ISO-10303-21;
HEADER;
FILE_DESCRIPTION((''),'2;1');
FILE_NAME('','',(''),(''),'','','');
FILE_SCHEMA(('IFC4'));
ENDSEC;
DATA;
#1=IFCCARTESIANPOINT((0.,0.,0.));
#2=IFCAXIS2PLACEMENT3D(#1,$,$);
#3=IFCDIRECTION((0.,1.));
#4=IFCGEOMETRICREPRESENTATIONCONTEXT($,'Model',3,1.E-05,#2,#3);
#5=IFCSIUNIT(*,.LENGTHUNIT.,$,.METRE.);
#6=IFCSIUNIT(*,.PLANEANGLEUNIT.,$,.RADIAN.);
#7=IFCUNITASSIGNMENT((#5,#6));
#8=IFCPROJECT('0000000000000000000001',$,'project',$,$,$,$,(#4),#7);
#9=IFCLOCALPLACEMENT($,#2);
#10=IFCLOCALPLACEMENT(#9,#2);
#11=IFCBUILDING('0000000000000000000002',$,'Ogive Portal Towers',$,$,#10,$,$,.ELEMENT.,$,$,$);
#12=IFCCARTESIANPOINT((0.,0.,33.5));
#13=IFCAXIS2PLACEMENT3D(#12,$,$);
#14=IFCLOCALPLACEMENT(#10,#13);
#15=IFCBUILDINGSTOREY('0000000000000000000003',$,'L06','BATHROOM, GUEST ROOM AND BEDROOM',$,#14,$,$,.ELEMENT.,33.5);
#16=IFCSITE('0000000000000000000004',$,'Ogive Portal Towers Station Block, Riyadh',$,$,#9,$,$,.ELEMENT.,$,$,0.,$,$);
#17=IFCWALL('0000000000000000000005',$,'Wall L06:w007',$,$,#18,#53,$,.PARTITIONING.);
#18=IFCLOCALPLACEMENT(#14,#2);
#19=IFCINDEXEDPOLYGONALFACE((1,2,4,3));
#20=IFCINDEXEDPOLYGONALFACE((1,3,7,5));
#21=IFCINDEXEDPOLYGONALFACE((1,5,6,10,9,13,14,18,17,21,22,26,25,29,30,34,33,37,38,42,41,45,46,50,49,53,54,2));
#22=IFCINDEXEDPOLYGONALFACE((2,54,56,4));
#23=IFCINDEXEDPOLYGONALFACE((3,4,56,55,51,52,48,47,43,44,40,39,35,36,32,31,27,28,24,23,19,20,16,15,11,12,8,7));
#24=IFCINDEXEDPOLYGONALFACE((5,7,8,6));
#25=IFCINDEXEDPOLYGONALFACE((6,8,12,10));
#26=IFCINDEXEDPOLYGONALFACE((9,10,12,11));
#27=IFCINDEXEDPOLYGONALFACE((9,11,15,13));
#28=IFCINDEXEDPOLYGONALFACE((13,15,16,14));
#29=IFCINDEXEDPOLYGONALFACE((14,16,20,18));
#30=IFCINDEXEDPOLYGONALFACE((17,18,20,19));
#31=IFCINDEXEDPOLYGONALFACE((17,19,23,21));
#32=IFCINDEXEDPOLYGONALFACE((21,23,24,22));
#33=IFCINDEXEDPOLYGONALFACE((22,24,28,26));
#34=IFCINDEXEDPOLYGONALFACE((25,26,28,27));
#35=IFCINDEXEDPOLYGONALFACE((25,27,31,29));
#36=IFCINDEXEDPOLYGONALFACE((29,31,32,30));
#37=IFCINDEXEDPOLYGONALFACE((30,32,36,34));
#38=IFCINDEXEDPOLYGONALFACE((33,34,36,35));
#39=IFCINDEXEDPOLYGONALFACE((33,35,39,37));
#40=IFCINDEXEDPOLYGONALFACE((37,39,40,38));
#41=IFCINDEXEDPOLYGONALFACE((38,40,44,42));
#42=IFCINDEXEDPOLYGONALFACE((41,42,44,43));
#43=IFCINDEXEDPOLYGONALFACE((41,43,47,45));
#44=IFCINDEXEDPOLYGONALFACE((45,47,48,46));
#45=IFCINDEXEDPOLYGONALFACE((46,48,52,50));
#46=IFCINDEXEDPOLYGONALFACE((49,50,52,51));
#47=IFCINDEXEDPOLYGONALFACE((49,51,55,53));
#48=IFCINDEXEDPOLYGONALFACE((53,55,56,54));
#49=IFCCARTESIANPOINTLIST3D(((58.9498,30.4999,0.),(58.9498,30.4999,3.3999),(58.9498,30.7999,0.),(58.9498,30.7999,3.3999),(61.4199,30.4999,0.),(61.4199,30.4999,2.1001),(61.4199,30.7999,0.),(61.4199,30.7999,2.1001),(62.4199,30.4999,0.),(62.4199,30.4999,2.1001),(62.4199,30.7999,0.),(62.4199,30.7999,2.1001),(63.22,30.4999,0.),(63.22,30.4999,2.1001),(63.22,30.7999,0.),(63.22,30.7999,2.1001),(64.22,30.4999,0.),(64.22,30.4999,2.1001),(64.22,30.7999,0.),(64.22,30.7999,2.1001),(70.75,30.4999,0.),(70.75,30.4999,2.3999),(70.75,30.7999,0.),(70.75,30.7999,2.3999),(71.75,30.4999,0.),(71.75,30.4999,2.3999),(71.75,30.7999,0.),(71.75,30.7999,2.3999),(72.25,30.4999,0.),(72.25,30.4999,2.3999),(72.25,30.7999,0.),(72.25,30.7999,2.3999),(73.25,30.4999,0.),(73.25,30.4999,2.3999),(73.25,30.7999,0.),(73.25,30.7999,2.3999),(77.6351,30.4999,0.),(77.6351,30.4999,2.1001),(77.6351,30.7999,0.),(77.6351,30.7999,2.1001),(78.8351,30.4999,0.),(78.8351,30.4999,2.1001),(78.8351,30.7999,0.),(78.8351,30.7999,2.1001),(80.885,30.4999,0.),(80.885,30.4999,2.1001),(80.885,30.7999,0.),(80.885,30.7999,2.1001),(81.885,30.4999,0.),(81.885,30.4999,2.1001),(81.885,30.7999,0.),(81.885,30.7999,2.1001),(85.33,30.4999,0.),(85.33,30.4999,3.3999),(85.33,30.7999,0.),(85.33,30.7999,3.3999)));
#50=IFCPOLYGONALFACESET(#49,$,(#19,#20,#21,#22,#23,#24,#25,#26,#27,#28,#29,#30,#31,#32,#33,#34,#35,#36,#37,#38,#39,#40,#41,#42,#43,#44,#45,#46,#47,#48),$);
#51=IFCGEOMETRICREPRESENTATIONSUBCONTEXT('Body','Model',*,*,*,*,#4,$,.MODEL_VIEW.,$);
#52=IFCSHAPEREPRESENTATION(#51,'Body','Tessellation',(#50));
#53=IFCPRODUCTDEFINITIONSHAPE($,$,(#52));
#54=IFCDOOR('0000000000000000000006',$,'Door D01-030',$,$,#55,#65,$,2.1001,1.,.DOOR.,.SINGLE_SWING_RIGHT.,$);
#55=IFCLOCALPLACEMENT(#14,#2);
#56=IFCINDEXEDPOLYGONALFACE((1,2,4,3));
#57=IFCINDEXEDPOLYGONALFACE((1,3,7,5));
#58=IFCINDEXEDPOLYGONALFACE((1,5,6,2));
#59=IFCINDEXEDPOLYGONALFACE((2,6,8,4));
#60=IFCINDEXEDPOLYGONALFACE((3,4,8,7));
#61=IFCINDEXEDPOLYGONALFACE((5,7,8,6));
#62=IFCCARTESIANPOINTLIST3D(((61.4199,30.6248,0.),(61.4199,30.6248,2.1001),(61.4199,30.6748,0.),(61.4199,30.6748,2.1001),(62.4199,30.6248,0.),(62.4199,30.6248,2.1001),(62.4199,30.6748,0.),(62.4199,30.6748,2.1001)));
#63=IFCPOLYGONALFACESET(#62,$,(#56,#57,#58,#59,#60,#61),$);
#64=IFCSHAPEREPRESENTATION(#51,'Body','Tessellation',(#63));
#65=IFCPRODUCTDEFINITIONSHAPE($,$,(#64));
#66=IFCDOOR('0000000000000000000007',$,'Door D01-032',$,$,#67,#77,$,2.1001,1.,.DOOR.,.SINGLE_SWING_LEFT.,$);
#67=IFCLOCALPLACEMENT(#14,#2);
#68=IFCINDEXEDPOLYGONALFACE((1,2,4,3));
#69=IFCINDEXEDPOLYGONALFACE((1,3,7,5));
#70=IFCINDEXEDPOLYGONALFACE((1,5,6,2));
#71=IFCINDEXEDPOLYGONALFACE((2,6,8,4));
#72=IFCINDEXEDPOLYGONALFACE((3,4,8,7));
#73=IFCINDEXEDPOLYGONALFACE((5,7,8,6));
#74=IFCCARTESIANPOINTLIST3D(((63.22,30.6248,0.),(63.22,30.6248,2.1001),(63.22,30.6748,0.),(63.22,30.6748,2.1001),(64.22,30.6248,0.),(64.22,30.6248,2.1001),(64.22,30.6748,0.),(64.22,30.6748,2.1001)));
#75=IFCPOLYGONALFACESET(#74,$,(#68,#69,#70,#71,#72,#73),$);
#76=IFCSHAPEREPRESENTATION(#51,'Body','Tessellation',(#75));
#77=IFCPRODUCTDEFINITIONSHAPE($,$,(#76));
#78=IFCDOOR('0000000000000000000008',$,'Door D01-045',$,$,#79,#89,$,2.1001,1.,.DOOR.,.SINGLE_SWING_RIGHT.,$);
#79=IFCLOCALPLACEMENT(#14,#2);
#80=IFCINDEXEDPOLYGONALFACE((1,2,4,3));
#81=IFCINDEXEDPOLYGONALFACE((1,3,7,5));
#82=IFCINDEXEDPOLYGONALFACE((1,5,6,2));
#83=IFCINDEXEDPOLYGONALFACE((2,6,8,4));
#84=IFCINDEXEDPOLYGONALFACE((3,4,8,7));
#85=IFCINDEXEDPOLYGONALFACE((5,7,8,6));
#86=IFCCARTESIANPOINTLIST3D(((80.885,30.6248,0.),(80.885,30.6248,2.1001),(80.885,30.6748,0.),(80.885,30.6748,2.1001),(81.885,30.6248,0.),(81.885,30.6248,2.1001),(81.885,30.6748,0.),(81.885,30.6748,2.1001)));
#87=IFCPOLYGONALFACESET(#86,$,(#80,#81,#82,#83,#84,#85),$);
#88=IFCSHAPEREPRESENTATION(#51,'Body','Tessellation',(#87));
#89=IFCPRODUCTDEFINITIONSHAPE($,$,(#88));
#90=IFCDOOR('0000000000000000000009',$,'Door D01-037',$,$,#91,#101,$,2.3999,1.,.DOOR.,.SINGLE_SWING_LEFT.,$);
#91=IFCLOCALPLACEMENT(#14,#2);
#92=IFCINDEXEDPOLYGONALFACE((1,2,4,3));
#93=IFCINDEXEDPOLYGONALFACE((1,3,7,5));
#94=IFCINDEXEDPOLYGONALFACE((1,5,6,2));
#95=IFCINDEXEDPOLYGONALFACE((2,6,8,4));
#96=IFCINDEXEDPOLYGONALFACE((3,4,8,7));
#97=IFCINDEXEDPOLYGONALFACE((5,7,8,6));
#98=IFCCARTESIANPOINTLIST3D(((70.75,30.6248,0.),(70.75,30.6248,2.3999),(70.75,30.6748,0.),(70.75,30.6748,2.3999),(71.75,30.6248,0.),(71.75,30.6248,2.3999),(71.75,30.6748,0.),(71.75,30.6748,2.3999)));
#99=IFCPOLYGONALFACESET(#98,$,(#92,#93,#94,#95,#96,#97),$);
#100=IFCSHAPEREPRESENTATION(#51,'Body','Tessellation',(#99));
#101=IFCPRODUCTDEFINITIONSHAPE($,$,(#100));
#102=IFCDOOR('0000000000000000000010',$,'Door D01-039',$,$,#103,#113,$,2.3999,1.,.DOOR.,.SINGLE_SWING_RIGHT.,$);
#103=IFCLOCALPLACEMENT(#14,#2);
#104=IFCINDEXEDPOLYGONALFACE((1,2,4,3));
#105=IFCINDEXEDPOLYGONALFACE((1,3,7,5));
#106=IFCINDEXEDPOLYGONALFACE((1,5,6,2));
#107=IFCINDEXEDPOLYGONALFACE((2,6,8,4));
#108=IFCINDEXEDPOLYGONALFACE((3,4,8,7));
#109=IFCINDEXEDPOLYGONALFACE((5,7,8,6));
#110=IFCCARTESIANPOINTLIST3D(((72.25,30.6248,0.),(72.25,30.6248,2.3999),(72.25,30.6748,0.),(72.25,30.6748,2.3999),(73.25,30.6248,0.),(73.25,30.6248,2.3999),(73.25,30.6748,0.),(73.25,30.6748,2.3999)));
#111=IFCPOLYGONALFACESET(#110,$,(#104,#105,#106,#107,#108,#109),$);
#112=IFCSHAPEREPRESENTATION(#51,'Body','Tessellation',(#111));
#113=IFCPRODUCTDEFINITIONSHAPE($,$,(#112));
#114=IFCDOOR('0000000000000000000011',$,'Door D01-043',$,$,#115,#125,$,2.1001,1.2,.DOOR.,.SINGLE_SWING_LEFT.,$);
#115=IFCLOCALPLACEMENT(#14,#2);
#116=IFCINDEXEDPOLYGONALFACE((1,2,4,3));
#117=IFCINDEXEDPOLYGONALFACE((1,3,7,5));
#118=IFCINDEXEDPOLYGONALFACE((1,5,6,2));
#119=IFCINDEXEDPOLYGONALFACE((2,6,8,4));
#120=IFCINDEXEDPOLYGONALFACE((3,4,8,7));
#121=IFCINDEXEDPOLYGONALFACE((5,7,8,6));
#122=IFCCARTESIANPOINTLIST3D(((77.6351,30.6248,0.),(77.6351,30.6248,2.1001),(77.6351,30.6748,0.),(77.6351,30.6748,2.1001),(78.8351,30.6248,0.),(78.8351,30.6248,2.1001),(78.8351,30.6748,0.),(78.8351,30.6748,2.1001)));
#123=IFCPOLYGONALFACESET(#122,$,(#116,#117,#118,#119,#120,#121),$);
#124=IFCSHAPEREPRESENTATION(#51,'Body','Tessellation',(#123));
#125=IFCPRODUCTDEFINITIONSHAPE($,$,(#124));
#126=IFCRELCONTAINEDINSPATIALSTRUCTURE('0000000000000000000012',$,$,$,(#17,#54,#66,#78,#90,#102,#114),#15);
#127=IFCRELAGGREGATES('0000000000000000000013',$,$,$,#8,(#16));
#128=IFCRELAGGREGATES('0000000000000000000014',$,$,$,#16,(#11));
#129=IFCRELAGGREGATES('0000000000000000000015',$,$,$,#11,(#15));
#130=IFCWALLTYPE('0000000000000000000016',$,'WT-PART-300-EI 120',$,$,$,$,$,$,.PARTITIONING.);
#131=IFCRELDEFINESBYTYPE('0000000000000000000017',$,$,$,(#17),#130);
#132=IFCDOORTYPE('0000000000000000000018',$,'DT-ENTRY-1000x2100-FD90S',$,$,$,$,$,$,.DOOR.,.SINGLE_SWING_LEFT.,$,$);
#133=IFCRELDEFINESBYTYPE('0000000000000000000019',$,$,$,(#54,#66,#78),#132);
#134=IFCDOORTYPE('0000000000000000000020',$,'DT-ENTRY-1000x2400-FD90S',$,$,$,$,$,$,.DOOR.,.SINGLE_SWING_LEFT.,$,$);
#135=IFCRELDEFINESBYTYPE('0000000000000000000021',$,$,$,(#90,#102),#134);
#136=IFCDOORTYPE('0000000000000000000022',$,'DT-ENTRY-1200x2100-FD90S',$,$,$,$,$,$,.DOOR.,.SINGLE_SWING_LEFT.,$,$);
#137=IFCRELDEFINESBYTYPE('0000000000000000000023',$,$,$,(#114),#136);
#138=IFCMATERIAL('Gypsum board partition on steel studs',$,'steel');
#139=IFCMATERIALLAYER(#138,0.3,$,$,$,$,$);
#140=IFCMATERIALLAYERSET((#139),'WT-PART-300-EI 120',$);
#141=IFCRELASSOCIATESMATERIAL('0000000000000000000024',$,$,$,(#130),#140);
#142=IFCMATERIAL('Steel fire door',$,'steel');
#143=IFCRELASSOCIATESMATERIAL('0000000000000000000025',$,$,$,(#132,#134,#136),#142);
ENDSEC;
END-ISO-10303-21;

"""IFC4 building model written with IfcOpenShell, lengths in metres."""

from ifc_helpers import new_model, si_unit, direction, frame, frame_2d, origin, place, context, subcontext, project, spatial, rectangle, extrude, material, layer, layer_set, type_object, element, fill, save


model = new_model("IFC4")

# Units and contexts
model_context = context("Model", 3, precision=1e-05, world=origin(), true_north=direction((0.0, 1.0)))
body_context = subcontext(model_context, "Body", "Model", "MODEL_VIEW")
ifc_project = project(units=[si_unit("LENGTHUNIT", "METRE"), si_unit("PLANEANGLEUNIT", "RADIAN")], contexts=[model_context])

# Site, building, storey
site_placement = place(None, origin())
site = spatial("IfcSite", under=ifc_project, at=site_placement, Name="Ogive Portal Towers Station Block, Riyadh", CompositionType="ELEMENT", RefElevation=0.0)
building_placement = place(site_placement, origin())
building = spatial("IfcBuilding", under=site, at=building_placement, Name="Ogive Portal Towers", CompositionType="ELEMENT")
storey_placement = place(building_placement, frame((0.0, 0.0, 33.5)))
storey = spatial("IfcBuildingStorey", under=building, at=storey_placement, Name="L06", Description="BATHROOM, GUEST ROOM AND BEDROOM", CompositionType="ELEMENT", Elevation=33.5)

# Shared definitions
ifc_material_1 = material(Name="Gypsum board partition on steel studs", Category="steel")
ifc_material_2 = material(Name="Steel fire door", Category="steel")

# Wall, openings, doors
ifc_layer_1 = layer(ifc_material_1, 0.3)
ifc_layer_set_1 = layer_set([ifc_layer_1], Name="WT-PART-300-EI 120")
wall_type_1 = type_object("IfcWallType", Name="WT-PART-300-EI 120", PredefinedType="PARTITIONING", material=ifc_layer_set_1)
wall_1_placement = place(storey_placement, frame((58.95, 30.6499, 0.0), z_axis=(0.0, 0.0, 1.0), x_axis=(1.0, 0.0, 0.0)))
wall_1 = element("IfcWall", 1, at=wall_1_placement, inside=storey, type_object=wall_type_1, Name="Wall L06:w007", PredefinedType="PARTITIONING", context=body_context, shape_type="SweptSolid", body=[
    extrude(rectangle(XDim=26.3801, YDim=0.3, at=frame_2d((13.1899, 0.0))), origin(), (0.0, 0.0, 1.0), 3.3999),
])
opening_1_placement = place(wall_1_placement, frame((2.47, 0.0, 0.0)))
opening_1 = element("IfcOpeningElement", 2, at=opening_1_placement, cuts=wall_1, PredefinedType="OPENING", context=body_context, shape_type="SweptSolid", body=[
    extrude(rectangle(XDim=1.0, YDim=2.1001, at=frame_2d((0.5, 1.05))), frame((0.0, 0.1602, 0.0), z_axis=(0.0, -1.0, 0.0), x_axis=(1.0, 0.0, 0.0)), (0.0, 0.0, 1.0), 0.3201),
])
opening_2_placement = place(wall_1_placement, frame((4.27, 0.0, 0.0)))
opening_2 = element("IfcOpeningElement", 3, at=opening_2_placement, cuts=wall_1, PredefinedType="OPENING", context=body_context, shape_type="SweptSolid", body=[
    extrude(rectangle(XDim=1.0, YDim=2.1001, at=frame_2d((0.5, 1.05))), frame((0.0, 0.1602, 0.0), z_axis=(0.0, -1.0, 0.0), x_axis=(1.0, 0.0, 0.0)), (0.0, 0.0, 1.0), 0.3201),
])
opening_3_placement = place(wall_1_placement, frame((11.8, 0.0, 0.0)))
opening_3 = element("IfcOpeningElement", 4, at=opening_3_placement, cuts=wall_1, PredefinedType="OPENING", context=body_context, shape_type="SweptSolid", body=[
    extrude(rectangle(XDim=1.0, YDim=2.3999, at=frame_2d((0.5, 1.2))), frame((0.0, 0.1602, 0.0), z_axis=(0.0, -1.0, 0.0), x_axis=(1.0, 0.0, 0.0)), (0.0, 0.0, 1.0), 0.3201),
])
opening_4_placement = place(wall_1_placement, frame((13.3, 0.0, 0.0)))
opening_4 = element("IfcOpeningElement", 5, at=opening_4_placement, cuts=wall_1, PredefinedType="OPENING", context=body_context, shape_type="SweptSolid", body=[
    extrude(rectangle(XDim=1.0, YDim=2.3999, at=frame_2d((0.5, 1.2))), frame((0.0, 0.1602, 0.0), z_axis=(0.0, -1.0, 0.0), x_axis=(1.0, 0.0, 0.0)), (0.0, 0.0, 1.0), 0.3201),
])
opening_5_placement = place(wall_1_placement, frame((18.6851, 0.0, 0.0)))
opening_5 = element("IfcOpeningElement", 6, at=opening_5_placement, cuts=wall_1, PredefinedType="OPENING", context=body_context, shape_type="SweptSolid", body=[
    extrude(rectangle(XDim=1.2, YDim=2.1001, at=frame_2d((0.6001, 1.05))), frame((0.0, 0.1602, 0.0), z_axis=(0.0, -1.0, 0.0), x_axis=(1.0, 0.0, 0.0)), (0.0, 0.0, 1.0), 0.3201),
])
opening_6_placement = place(wall_1_placement, frame((21.9351, 0.0, 0.0)))
opening_6 = element("IfcOpeningElement", 7, at=opening_6_placement, cuts=wall_1, PredefinedType="OPENING", context=body_context, shape_type="SweptSolid", body=[
    extrude(rectangle(XDim=1.0, YDim=2.1001, at=frame_2d((0.5, 1.05))), frame((0.0, 0.1602, 0.0), z_axis=(0.0, -1.0, 0.0), x_axis=(1.0, 0.0, 0.0)), (0.0, 0.0, 1.0), 0.3201),
])
door_type_1 = type_object("IfcDoorType", Name="DT-ENTRY-1000x2100-FD90S", OperationType="SINGLE_SWING_LEFT", PredefinedType="DOOR", material=ifc_material_2)
door_1_placement = place(opening_1_placement, origin())
door_1 = element("IfcDoor", 8, at=door_1_placement, inside=storey, type_object=door_type_1, Name="Door D01-030", OperationType="SINGLE_SWING_RIGHT", OverallHeight=2.1001, OverallWidth=1.0, PredefinedType="DOOR", context=body_context, shape_type="SweptSolid", body=[
    extrude(rectangle(XDim=1.0, YDim=2.1001, at=frame_2d((0.5, 1.05))), frame((0.0, 0.0249, 0.0), z_axis=(0.0, -1.0, 0.0), x_axis=(1.0, 0.0, 0.0)), (0.0, 0.0, 1.0), 0.05),
])
fill(opening_1, door_1)
door_2_placement = place(opening_2_placement, origin())
door_2 = element("IfcDoor", 9, at=door_2_placement, inside=storey, type_object=door_type_1, Name="Door D01-032", OperationType="SINGLE_SWING_LEFT", OverallHeight=2.1001, OverallWidth=1.0, PredefinedType="DOOR", context=body_context, shape_type="SweptSolid", body=[
    extrude(rectangle(XDim=1.0, YDim=2.1001, at=frame_2d((0.5, 1.05))), frame((0.0, 0.0249, 0.0), z_axis=(0.0, -1.0, 0.0), x_axis=(1.0, 0.0, 0.0)), (0.0, 0.0, 1.0), 0.05),
])
fill(opening_2, door_2)
door_3_placement = place(opening_6_placement, origin())
door_3 = element("IfcDoor", 10, at=door_3_placement, inside=storey, type_object=door_type_1, Name="Door D01-045", OperationType="SINGLE_SWING_RIGHT", OverallHeight=2.1001, OverallWidth=1.0, PredefinedType="DOOR", context=body_context, shape_type="SweptSolid", body=[
    extrude(rectangle(XDim=1.0, YDim=2.1001, at=frame_2d((0.5, 1.05))), frame((0.0, 0.0249, 0.0), z_axis=(0.0, -1.0, 0.0), x_axis=(1.0, 0.0, 0.0)), (0.0, 0.0, 1.0), 0.05),
])
fill(opening_6, door_3)
door_type_2 = type_object("IfcDoorType", Name="DT-ENTRY-1000x2400-FD90S", OperationType="SINGLE_SWING_LEFT", PredefinedType="DOOR", material=ifc_material_2)
door_4_placement = place(opening_3_placement, origin())
door_4 = element("IfcDoor", 11, at=door_4_placement, inside=storey, type_object=door_type_2, Name="Door D01-037", OperationType="SINGLE_SWING_LEFT", OverallHeight=2.3999, OverallWidth=1.0, PredefinedType="DOOR", context=body_context, shape_type="SweptSolid", body=[
    extrude(rectangle(XDim=1.0, YDim=2.3999, at=frame_2d((0.5, 1.2))), frame((0.0, 0.0249, 0.0), z_axis=(0.0, -1.0, 0.0), x_axis=(1.0, 0.0, 0.0)), (0.0, 0.0, 1.0), 0.05),
])
fill(opening_3, door_4)
door_5_placement = place(opening_4_placement, origin())
door_5 = element("IfcDoor", 12, at=door_5_placement, inside=storey, type_object=door_type_2, Name="Door D01-039", OperationType="SINGLE_SWING_RIGHT", OverallHeight=2.3999, OverallWidth=1.0, PredefinedType="DOOR", context=body_context, shape_type="SweptSolid", body=[
    extrude(rectangle(XDim=1.0, YDim=2.3999, at=frame_2d((0.5, 1.2))), frame((0.0, 0.0249, 0.0), z_axis=(0.0, -1.0, 0.0), x_axis=(1.0, 0.0, 0.0)), (0.0, 0.0, 1.0), 0.05),
])
fill(opening_4, door_5)
door_type_3 = type_object("IfcDoorType", Name="DT-ENTRY-1200x2100-FD90S", OperationType="SINGLE_SWING_LEFT", PredefinedType="DOOR", material=ifc_material_2)
door_6_placement = place(opening_5_placement, origin())
door_6 = element("IfcDoor", 13, at=door_6_placement, inside=storey, type_object=door_type_3, Name="Door D01-043", OperationType="SINGLE_SWING_LEFT", OverallHeight=2.1001, OverallWidth=1.2, PredefinedType="DOOR", context=body_context, shape_type="SweptSolid", body=[
    extrude(rectangle(XDim=1.2, YDim=2.1001, at=frame_2d((0.6001, 1.05))), frame((0.0, 0.0249, 0.0), z_axis=(0.0, -1.0, 0.0), x_axis=(1.0, 0.0, 0.0)), (0.0, 0.0, 1.0), 0.05),
])
fill(opening_5, door_6)

save(model, "model.ifc")
